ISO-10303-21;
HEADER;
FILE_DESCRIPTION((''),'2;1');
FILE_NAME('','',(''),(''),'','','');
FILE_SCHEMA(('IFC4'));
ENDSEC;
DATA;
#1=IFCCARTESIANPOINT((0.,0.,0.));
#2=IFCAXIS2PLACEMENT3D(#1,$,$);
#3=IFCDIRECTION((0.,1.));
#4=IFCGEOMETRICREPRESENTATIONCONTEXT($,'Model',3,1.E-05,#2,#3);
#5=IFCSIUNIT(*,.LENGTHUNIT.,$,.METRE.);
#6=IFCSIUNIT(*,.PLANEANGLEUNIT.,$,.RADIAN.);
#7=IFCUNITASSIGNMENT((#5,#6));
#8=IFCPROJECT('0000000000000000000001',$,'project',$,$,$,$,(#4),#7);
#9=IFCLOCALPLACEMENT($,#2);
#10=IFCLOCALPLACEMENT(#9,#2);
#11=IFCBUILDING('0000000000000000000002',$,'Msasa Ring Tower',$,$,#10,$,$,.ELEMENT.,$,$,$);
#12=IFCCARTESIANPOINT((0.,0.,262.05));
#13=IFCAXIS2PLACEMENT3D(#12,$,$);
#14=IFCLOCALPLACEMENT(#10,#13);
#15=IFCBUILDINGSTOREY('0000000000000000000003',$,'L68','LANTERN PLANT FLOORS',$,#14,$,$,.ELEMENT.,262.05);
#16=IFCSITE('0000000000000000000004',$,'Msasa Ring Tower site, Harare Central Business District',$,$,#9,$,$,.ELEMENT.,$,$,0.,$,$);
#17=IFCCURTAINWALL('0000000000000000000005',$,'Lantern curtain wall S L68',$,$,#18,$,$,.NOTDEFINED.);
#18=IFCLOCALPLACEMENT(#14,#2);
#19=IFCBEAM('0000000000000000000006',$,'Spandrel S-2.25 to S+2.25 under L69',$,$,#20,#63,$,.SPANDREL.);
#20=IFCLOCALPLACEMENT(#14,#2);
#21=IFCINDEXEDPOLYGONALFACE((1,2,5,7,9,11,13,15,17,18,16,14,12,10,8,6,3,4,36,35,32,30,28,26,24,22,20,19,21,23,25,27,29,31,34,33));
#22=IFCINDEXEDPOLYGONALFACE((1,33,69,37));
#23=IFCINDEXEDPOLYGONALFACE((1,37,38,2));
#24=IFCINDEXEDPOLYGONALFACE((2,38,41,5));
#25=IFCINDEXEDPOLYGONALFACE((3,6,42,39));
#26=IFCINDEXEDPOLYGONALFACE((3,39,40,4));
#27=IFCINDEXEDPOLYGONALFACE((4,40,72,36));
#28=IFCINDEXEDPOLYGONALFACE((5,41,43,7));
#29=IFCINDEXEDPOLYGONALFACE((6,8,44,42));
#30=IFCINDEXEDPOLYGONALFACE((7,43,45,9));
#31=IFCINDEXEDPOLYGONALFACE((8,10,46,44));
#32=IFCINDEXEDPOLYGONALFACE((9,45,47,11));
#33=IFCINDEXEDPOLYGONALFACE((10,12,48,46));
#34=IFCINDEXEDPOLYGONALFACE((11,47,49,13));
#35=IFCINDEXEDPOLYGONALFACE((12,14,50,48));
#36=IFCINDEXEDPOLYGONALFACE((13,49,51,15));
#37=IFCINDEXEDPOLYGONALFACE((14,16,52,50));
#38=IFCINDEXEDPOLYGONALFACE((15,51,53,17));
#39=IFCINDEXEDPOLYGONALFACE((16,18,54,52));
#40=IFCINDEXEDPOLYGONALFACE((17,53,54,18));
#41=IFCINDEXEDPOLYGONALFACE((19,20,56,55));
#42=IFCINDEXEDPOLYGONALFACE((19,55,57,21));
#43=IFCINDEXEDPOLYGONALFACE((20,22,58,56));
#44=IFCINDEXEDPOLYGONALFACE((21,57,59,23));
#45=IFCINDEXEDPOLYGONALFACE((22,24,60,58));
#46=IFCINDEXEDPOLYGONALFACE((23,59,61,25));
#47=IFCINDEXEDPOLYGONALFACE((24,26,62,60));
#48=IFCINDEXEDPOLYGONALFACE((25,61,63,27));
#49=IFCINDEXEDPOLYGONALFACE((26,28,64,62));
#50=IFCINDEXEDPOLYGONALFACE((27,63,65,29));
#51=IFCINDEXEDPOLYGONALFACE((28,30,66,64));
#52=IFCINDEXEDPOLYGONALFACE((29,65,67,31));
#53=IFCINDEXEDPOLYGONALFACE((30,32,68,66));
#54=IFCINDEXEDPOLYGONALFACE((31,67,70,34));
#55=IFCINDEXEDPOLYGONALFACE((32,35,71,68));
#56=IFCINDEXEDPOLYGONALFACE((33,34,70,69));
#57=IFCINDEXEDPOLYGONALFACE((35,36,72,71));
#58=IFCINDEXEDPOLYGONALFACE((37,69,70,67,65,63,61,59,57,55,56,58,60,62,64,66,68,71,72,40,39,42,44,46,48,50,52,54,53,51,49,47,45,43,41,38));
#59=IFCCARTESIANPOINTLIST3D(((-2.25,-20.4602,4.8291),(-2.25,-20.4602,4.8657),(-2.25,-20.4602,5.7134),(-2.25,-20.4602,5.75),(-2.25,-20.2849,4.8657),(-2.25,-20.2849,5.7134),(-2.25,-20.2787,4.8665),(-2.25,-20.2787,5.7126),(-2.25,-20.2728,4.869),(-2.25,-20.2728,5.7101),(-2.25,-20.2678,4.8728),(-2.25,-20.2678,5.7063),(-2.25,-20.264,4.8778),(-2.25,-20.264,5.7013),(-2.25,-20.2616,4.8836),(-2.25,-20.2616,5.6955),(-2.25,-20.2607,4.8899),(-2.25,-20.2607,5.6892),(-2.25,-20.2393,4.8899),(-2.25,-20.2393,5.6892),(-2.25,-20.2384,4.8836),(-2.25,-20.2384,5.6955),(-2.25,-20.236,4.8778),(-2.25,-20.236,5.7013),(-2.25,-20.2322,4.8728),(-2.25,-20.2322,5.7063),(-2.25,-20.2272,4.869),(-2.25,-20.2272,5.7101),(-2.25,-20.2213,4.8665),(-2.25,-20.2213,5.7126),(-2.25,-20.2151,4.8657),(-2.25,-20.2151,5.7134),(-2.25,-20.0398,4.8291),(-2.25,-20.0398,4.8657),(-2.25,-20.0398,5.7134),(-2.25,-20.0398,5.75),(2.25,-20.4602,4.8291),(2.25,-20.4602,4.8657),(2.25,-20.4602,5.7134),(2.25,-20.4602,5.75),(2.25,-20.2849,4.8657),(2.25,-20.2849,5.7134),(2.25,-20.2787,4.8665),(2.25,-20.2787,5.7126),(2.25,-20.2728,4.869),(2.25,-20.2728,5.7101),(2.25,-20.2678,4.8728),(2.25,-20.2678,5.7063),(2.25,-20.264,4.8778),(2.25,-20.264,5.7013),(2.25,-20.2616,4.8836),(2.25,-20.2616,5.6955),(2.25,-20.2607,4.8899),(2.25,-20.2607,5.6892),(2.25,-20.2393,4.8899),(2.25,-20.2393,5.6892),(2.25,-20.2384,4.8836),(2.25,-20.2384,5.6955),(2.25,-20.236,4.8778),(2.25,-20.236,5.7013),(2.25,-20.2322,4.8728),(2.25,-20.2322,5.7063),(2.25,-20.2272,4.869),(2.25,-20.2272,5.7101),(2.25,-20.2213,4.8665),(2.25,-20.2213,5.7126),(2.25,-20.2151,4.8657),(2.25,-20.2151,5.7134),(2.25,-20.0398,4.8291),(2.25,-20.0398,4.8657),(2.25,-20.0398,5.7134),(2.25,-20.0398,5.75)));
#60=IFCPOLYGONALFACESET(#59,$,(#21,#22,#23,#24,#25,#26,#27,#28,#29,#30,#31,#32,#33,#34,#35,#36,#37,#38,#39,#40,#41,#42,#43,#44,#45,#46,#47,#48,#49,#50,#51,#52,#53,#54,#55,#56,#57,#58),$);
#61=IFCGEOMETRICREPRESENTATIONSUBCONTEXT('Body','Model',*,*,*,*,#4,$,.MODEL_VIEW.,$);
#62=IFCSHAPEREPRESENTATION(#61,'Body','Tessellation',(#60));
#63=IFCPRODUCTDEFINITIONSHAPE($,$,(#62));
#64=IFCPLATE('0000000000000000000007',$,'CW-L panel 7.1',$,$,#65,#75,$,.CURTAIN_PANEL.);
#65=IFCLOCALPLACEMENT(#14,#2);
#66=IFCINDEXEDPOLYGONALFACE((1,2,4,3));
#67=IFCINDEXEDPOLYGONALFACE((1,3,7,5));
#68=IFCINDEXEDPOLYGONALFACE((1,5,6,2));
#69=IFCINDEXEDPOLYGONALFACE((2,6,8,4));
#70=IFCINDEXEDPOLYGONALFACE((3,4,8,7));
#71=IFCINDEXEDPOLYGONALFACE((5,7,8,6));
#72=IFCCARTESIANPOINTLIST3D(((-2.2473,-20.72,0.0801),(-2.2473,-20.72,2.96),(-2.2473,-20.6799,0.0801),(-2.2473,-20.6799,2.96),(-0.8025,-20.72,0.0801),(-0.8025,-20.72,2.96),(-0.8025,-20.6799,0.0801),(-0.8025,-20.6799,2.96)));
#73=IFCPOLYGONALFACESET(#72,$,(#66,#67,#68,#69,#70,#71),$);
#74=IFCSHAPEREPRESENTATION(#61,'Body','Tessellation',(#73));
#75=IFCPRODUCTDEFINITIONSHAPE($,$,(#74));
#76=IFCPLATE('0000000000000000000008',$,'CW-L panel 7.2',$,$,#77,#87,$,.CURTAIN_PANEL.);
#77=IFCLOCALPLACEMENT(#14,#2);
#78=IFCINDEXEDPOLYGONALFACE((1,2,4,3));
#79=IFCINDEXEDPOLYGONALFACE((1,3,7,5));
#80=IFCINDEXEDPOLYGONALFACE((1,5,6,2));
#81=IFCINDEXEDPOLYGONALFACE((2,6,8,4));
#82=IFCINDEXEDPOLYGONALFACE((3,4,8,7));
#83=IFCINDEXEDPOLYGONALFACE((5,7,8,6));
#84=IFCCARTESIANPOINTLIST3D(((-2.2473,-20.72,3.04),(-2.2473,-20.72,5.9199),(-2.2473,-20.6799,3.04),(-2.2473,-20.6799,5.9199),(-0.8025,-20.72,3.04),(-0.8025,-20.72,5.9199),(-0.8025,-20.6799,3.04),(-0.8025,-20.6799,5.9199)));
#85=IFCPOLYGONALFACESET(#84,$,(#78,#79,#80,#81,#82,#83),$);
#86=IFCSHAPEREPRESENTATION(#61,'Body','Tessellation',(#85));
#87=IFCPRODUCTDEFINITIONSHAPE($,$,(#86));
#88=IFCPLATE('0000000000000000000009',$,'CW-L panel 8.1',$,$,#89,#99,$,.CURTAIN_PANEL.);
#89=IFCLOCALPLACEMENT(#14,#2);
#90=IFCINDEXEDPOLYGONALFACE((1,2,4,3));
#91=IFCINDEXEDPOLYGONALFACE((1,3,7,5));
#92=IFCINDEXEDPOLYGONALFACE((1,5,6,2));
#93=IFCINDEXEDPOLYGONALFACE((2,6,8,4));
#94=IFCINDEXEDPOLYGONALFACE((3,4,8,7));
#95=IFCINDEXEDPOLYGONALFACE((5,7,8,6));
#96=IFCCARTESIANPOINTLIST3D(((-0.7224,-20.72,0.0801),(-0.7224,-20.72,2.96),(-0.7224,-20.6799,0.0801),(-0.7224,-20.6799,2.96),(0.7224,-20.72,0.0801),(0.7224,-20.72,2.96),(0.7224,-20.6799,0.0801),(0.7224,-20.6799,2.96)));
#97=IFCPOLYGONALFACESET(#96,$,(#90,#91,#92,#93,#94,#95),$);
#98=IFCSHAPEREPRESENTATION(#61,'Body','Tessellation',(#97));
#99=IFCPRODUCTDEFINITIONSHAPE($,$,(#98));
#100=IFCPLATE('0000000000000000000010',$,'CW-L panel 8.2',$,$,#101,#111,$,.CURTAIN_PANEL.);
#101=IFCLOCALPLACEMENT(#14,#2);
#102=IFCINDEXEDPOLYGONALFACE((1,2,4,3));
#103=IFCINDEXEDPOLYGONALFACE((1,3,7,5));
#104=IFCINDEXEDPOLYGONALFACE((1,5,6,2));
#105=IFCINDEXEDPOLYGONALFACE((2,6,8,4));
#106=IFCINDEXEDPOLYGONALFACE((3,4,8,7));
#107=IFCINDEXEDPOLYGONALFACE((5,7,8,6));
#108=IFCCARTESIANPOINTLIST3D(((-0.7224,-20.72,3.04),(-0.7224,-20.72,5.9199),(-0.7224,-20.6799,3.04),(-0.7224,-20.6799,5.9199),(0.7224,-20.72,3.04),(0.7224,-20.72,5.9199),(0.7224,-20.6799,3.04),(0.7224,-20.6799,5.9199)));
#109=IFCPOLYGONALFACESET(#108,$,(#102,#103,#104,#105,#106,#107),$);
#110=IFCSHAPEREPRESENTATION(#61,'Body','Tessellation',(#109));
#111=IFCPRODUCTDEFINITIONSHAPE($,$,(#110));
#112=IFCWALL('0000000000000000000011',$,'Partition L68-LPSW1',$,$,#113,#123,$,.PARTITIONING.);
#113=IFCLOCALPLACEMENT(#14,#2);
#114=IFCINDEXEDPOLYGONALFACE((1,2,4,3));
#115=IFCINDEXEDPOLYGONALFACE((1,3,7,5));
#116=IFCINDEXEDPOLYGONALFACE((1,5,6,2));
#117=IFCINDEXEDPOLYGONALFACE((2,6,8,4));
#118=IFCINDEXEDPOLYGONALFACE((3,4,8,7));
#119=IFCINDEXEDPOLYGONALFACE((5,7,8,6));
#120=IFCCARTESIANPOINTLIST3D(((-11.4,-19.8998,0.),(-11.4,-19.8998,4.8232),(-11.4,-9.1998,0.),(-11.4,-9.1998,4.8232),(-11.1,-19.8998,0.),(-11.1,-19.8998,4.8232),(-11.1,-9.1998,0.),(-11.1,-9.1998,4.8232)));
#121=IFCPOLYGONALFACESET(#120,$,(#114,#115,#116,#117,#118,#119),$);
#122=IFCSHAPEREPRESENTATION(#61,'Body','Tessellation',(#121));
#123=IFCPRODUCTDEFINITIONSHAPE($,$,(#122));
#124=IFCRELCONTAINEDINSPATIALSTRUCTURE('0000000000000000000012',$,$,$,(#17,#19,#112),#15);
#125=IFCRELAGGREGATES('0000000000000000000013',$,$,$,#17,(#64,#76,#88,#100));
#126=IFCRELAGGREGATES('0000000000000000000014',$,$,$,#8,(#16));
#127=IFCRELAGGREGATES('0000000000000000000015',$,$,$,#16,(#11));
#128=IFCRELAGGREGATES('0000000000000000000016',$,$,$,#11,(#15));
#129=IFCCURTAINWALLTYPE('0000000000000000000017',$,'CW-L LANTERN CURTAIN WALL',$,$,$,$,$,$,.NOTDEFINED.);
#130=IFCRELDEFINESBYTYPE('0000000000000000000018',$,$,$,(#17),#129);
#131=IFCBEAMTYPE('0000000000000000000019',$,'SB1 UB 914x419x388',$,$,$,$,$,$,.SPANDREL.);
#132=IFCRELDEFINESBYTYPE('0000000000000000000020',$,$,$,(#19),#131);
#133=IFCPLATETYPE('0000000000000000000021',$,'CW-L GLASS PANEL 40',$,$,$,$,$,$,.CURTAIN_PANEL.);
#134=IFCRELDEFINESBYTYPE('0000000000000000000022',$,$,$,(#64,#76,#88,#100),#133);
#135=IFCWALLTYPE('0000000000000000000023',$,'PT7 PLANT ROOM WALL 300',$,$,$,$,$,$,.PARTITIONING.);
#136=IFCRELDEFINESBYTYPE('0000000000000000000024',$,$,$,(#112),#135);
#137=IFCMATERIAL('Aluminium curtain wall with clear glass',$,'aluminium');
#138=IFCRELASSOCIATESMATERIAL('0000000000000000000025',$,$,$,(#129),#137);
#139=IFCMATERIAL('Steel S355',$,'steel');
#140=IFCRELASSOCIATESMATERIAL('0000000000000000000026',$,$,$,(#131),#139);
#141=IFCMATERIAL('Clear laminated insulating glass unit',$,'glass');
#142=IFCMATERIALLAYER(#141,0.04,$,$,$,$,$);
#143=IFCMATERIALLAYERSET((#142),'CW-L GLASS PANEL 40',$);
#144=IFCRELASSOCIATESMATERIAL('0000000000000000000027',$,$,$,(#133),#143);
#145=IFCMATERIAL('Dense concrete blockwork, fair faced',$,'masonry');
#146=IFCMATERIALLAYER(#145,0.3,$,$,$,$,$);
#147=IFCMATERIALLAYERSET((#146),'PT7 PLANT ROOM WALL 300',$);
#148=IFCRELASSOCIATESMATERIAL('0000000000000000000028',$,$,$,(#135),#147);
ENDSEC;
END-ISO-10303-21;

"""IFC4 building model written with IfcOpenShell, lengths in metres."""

from ifc_helpers import new_model, si_unit, direction, frame, frame_2d, origin, origin_2d, place, context, subcontext, project, spatial, rectangle, i_section, extrude, material, layer, layer_set, material_profile, profile_set, type_object, element, aggregate, save


model = new_model("IFC4")

# Units and contexts
model_context = context("Model", 3, precision=1e-05, world=origin(), true_north=direction((0.0, 1.0)))
body_context = subcontext(model_context, "Body", "Model", "MODEL_VIEW")
ifc_project = project(units=[si_unit("LENGTHUNIT", "METRE"), si_unit("PLANEANGLEUNIT", "RADIAN")], contexts=[model_context])

# Site, building, storey
site_placement = place(None, origin())
site = spatial("IfcSite", under=ifc_project, at=site_placement, Name="Msasa Ring Tower site, Harare Central Business District", CompositionType="ELEMENT", RefElevation=0.0)
building_placement = place(site_placement, origin())
building = spatial("IfcBuilding", under=site, at=building_placement, Name="Msasa Ring Tower", CompositionType="ELEMENT")
storey_placement = place(building_placement, frame((0.0, 0.0, 262.05)))
storey = spatial("IfcBuildingStorey", under=building, at=storey_placement, Name="L68", Description="LANTERN PLANT FLOORS", CompositionType="ELEMENT", Elevation=262.05)

# Curtain wall
ifc_material_1 = material(Name="Aluminium curtain wall with clear glass", Category="aluminium")
curtain_wall_type = type_object("IfcCurtainWallType", Name="CW-L LANTERN CURTAIN WALL", PredefinedType="NOTDEFINED", material=ifc_material_1)
curtain_wall_placement = place(storey_placement, origin())
curtain_wall = element("IfcCurtainWall", 1, at=curtain_wall_placement, inside=storey, type_object=curtain_wall_type, Name="Lantern curtain wall S L68", PredefinedType="NOTDEFINED")

# Beam
ifc_material_2 = material(Name="Steel S355", Category="steel")
ifc_material_profile_1 = material_profile(ifc_material_2, i_section(OverallWidth=0.4204, OverallDepth=0.9209, WebThickness=0.0215, FlangeThickness=0.0366, FilletRadius=0.0242, at=origin_2d()), Name="UB 914x419x388")
ifc_profile_set_1 = profile_set([ifc_material_profile_1], Name="Steel S355")
beam_type_1 = type_object("IfcBeamType", Name="SB1 UB 914x419x388", PredefinedType="SPANDREL", material=ifc_profile_set_1)
for number, where, z_axis, x_axis, name in (
    (2, (-2.25, -20.25, 5.2896), (1.0, 0.0, 0.0), (0.0, 1.0, 0.0), "Spandrel S-2.25 to S+2.25 under L69"),
):
    element("IfcBeam", number, at=place(storey_placement, frame(where, z_axis=z_axis, x_axis=x_axis)), inside=storey, type_object=beam_type_1, Name=name, PredefinedType="SPANDREL", context=body_context, shape_type="SweptSolid", body=[
        extrude(i_section(OverallWidth=0.4204, OverallDepth=0.9209, WebThickness=0.0215, FlangeThickness=0.0366, FilletRadius=0.0242, at=origin_2d()), origin(), (0.0, 0.0, 1.0), 4.5),
    ])

# Plates
ifc_material_3 = material(Name="Clear laminated insulating glass unit", Category="glass")
ifc_layer_1 = layer(ifc_material_3, 0.04)
ifc_layer_set_1 = layer_set([ifc_layer_1], Name="CW-L GLASS PANEL 40")
plate_type = type_object("IfcPlateType", Name="CW-L GLASS PANEL 40", PredefinedType="CURTAIN_PANEL", material=ifc_layer_set_1)
plate_1_placement = place(storey_placement, frame((-1.5249, -20.7, 0.0801), z_axis=(0.0, 0.0, 1.0), x_axis=(1.0, 0.0, 0.0)))
plate_1 = element("IfcPlate", 3, at=plate_1_placement, type_object=plate_type, Name="CW-L panel 7.1", PredefinedType="CURTAIN_PANEL", context=body_context, shape_type="SweptSolid", body=[
    extrude(rectangle(XDim=1.4448, YDim=0.04, at=origin_2d()), origin(), (0.0, 0.0, 1.0), 2.8799),
])
plate_2_placement = place(storey_placement, frame((-1.5249, -20.7, 3.04), z_axis=(0.0, 0.0, 1.0), x_axis=(1.0, 0.0, 0.0)))
plate_2 = element("IfcPlate", 4, at=plate_2_placement, type_object=plate_type, Name="CW-L panel 7.2", PredefinedType="CURTAIN_PANEL", context=body_context, shape_type="SweptSolid", body=[
    extrude(rectangle(XDim=1.4448, YDim=0.04, at=origin_2d()), origin(), (0.0, 0.0, 1.0), 2.8799),
])
plate_3_placement = place(storey_placement, frame((0.0, -20.7, 0.0801), z_axis=(0.0, 0.0, 1.0), x_axis=(1.0, 0.0, 0.0)))
plate_3 = element("IfcPlate", 5, at=plate_3_placement, type_object=plate_type, Name="CW-L panel 8.1", PredefinedType="CURTAIN_PANEL", context=body_context, shape_type="SweptSolid", body=[
    extrude(rectangle(XDim=1.4448, YDim=0.04, at=origin_2d()), origin(), (0.0, 0.0, 1.0), 2.8799),
])
plate_4_placement = place(storey_placement, frame((0.0, -20.7, 3.04), z_axis=(0.0, 0.0, 1.0), x_axis=(1.0, 0.0, 0.0)))
plate_4 = element("IfcPlate", 6, at=plate_4_placement, type_object=plate_type, Name="CW-L panel 8.2", PredefinedType="CURTAIN_PANEL", context=body_context, shape_type="SweptSolid", body=[
    extrude(rectangle(XDim=1.4448, YDim=0.04, at=origin_2d()), origin(), (0.0, 0.0, 1.0), 2.8799),
])
aggregate(curtain_wall, [plate_1, plate_2, plate_3, plate_4])

# Wall
ifc_material_4 = material(Name="Dense concrete blockwork, fair faced", Category="masonry")
ifc_layer_2 = layer(ifc_material_4, 0.3)
ifc_layer_set_2 = layer_set([ifc_layer_2], Name="PT7 PLANT ROOM WALL 300")
wall_type = type_object("IfcWallType", Name="PT7 PLANT ROOM WALL 300", PredefinedType="PARTITIONING", material=ifc_layer_set_2)
wall_placement = place(storey_placement, frame((-11.25, -19.8999, 0.0), z_axis=(0.0, 0.0, 1.0), x_axis=(0.0, 1.0, 0.0)))
element("IfcWall", 7, at=wall_placement, inside=storey, type_object=wall_type, Name="Partition L68-LPSW1", PredefinedType="PARTITIONING", context=body_context, shape_type="SweptSolid", body=[
    extrude(rectangle(XDim=10.7, YDim=0.3, at=frame_2d((5.3501, 0.0))), origin(), (0.0, 0.0, 1.0), 4.8232),
])

save(model, "model.ifc")
